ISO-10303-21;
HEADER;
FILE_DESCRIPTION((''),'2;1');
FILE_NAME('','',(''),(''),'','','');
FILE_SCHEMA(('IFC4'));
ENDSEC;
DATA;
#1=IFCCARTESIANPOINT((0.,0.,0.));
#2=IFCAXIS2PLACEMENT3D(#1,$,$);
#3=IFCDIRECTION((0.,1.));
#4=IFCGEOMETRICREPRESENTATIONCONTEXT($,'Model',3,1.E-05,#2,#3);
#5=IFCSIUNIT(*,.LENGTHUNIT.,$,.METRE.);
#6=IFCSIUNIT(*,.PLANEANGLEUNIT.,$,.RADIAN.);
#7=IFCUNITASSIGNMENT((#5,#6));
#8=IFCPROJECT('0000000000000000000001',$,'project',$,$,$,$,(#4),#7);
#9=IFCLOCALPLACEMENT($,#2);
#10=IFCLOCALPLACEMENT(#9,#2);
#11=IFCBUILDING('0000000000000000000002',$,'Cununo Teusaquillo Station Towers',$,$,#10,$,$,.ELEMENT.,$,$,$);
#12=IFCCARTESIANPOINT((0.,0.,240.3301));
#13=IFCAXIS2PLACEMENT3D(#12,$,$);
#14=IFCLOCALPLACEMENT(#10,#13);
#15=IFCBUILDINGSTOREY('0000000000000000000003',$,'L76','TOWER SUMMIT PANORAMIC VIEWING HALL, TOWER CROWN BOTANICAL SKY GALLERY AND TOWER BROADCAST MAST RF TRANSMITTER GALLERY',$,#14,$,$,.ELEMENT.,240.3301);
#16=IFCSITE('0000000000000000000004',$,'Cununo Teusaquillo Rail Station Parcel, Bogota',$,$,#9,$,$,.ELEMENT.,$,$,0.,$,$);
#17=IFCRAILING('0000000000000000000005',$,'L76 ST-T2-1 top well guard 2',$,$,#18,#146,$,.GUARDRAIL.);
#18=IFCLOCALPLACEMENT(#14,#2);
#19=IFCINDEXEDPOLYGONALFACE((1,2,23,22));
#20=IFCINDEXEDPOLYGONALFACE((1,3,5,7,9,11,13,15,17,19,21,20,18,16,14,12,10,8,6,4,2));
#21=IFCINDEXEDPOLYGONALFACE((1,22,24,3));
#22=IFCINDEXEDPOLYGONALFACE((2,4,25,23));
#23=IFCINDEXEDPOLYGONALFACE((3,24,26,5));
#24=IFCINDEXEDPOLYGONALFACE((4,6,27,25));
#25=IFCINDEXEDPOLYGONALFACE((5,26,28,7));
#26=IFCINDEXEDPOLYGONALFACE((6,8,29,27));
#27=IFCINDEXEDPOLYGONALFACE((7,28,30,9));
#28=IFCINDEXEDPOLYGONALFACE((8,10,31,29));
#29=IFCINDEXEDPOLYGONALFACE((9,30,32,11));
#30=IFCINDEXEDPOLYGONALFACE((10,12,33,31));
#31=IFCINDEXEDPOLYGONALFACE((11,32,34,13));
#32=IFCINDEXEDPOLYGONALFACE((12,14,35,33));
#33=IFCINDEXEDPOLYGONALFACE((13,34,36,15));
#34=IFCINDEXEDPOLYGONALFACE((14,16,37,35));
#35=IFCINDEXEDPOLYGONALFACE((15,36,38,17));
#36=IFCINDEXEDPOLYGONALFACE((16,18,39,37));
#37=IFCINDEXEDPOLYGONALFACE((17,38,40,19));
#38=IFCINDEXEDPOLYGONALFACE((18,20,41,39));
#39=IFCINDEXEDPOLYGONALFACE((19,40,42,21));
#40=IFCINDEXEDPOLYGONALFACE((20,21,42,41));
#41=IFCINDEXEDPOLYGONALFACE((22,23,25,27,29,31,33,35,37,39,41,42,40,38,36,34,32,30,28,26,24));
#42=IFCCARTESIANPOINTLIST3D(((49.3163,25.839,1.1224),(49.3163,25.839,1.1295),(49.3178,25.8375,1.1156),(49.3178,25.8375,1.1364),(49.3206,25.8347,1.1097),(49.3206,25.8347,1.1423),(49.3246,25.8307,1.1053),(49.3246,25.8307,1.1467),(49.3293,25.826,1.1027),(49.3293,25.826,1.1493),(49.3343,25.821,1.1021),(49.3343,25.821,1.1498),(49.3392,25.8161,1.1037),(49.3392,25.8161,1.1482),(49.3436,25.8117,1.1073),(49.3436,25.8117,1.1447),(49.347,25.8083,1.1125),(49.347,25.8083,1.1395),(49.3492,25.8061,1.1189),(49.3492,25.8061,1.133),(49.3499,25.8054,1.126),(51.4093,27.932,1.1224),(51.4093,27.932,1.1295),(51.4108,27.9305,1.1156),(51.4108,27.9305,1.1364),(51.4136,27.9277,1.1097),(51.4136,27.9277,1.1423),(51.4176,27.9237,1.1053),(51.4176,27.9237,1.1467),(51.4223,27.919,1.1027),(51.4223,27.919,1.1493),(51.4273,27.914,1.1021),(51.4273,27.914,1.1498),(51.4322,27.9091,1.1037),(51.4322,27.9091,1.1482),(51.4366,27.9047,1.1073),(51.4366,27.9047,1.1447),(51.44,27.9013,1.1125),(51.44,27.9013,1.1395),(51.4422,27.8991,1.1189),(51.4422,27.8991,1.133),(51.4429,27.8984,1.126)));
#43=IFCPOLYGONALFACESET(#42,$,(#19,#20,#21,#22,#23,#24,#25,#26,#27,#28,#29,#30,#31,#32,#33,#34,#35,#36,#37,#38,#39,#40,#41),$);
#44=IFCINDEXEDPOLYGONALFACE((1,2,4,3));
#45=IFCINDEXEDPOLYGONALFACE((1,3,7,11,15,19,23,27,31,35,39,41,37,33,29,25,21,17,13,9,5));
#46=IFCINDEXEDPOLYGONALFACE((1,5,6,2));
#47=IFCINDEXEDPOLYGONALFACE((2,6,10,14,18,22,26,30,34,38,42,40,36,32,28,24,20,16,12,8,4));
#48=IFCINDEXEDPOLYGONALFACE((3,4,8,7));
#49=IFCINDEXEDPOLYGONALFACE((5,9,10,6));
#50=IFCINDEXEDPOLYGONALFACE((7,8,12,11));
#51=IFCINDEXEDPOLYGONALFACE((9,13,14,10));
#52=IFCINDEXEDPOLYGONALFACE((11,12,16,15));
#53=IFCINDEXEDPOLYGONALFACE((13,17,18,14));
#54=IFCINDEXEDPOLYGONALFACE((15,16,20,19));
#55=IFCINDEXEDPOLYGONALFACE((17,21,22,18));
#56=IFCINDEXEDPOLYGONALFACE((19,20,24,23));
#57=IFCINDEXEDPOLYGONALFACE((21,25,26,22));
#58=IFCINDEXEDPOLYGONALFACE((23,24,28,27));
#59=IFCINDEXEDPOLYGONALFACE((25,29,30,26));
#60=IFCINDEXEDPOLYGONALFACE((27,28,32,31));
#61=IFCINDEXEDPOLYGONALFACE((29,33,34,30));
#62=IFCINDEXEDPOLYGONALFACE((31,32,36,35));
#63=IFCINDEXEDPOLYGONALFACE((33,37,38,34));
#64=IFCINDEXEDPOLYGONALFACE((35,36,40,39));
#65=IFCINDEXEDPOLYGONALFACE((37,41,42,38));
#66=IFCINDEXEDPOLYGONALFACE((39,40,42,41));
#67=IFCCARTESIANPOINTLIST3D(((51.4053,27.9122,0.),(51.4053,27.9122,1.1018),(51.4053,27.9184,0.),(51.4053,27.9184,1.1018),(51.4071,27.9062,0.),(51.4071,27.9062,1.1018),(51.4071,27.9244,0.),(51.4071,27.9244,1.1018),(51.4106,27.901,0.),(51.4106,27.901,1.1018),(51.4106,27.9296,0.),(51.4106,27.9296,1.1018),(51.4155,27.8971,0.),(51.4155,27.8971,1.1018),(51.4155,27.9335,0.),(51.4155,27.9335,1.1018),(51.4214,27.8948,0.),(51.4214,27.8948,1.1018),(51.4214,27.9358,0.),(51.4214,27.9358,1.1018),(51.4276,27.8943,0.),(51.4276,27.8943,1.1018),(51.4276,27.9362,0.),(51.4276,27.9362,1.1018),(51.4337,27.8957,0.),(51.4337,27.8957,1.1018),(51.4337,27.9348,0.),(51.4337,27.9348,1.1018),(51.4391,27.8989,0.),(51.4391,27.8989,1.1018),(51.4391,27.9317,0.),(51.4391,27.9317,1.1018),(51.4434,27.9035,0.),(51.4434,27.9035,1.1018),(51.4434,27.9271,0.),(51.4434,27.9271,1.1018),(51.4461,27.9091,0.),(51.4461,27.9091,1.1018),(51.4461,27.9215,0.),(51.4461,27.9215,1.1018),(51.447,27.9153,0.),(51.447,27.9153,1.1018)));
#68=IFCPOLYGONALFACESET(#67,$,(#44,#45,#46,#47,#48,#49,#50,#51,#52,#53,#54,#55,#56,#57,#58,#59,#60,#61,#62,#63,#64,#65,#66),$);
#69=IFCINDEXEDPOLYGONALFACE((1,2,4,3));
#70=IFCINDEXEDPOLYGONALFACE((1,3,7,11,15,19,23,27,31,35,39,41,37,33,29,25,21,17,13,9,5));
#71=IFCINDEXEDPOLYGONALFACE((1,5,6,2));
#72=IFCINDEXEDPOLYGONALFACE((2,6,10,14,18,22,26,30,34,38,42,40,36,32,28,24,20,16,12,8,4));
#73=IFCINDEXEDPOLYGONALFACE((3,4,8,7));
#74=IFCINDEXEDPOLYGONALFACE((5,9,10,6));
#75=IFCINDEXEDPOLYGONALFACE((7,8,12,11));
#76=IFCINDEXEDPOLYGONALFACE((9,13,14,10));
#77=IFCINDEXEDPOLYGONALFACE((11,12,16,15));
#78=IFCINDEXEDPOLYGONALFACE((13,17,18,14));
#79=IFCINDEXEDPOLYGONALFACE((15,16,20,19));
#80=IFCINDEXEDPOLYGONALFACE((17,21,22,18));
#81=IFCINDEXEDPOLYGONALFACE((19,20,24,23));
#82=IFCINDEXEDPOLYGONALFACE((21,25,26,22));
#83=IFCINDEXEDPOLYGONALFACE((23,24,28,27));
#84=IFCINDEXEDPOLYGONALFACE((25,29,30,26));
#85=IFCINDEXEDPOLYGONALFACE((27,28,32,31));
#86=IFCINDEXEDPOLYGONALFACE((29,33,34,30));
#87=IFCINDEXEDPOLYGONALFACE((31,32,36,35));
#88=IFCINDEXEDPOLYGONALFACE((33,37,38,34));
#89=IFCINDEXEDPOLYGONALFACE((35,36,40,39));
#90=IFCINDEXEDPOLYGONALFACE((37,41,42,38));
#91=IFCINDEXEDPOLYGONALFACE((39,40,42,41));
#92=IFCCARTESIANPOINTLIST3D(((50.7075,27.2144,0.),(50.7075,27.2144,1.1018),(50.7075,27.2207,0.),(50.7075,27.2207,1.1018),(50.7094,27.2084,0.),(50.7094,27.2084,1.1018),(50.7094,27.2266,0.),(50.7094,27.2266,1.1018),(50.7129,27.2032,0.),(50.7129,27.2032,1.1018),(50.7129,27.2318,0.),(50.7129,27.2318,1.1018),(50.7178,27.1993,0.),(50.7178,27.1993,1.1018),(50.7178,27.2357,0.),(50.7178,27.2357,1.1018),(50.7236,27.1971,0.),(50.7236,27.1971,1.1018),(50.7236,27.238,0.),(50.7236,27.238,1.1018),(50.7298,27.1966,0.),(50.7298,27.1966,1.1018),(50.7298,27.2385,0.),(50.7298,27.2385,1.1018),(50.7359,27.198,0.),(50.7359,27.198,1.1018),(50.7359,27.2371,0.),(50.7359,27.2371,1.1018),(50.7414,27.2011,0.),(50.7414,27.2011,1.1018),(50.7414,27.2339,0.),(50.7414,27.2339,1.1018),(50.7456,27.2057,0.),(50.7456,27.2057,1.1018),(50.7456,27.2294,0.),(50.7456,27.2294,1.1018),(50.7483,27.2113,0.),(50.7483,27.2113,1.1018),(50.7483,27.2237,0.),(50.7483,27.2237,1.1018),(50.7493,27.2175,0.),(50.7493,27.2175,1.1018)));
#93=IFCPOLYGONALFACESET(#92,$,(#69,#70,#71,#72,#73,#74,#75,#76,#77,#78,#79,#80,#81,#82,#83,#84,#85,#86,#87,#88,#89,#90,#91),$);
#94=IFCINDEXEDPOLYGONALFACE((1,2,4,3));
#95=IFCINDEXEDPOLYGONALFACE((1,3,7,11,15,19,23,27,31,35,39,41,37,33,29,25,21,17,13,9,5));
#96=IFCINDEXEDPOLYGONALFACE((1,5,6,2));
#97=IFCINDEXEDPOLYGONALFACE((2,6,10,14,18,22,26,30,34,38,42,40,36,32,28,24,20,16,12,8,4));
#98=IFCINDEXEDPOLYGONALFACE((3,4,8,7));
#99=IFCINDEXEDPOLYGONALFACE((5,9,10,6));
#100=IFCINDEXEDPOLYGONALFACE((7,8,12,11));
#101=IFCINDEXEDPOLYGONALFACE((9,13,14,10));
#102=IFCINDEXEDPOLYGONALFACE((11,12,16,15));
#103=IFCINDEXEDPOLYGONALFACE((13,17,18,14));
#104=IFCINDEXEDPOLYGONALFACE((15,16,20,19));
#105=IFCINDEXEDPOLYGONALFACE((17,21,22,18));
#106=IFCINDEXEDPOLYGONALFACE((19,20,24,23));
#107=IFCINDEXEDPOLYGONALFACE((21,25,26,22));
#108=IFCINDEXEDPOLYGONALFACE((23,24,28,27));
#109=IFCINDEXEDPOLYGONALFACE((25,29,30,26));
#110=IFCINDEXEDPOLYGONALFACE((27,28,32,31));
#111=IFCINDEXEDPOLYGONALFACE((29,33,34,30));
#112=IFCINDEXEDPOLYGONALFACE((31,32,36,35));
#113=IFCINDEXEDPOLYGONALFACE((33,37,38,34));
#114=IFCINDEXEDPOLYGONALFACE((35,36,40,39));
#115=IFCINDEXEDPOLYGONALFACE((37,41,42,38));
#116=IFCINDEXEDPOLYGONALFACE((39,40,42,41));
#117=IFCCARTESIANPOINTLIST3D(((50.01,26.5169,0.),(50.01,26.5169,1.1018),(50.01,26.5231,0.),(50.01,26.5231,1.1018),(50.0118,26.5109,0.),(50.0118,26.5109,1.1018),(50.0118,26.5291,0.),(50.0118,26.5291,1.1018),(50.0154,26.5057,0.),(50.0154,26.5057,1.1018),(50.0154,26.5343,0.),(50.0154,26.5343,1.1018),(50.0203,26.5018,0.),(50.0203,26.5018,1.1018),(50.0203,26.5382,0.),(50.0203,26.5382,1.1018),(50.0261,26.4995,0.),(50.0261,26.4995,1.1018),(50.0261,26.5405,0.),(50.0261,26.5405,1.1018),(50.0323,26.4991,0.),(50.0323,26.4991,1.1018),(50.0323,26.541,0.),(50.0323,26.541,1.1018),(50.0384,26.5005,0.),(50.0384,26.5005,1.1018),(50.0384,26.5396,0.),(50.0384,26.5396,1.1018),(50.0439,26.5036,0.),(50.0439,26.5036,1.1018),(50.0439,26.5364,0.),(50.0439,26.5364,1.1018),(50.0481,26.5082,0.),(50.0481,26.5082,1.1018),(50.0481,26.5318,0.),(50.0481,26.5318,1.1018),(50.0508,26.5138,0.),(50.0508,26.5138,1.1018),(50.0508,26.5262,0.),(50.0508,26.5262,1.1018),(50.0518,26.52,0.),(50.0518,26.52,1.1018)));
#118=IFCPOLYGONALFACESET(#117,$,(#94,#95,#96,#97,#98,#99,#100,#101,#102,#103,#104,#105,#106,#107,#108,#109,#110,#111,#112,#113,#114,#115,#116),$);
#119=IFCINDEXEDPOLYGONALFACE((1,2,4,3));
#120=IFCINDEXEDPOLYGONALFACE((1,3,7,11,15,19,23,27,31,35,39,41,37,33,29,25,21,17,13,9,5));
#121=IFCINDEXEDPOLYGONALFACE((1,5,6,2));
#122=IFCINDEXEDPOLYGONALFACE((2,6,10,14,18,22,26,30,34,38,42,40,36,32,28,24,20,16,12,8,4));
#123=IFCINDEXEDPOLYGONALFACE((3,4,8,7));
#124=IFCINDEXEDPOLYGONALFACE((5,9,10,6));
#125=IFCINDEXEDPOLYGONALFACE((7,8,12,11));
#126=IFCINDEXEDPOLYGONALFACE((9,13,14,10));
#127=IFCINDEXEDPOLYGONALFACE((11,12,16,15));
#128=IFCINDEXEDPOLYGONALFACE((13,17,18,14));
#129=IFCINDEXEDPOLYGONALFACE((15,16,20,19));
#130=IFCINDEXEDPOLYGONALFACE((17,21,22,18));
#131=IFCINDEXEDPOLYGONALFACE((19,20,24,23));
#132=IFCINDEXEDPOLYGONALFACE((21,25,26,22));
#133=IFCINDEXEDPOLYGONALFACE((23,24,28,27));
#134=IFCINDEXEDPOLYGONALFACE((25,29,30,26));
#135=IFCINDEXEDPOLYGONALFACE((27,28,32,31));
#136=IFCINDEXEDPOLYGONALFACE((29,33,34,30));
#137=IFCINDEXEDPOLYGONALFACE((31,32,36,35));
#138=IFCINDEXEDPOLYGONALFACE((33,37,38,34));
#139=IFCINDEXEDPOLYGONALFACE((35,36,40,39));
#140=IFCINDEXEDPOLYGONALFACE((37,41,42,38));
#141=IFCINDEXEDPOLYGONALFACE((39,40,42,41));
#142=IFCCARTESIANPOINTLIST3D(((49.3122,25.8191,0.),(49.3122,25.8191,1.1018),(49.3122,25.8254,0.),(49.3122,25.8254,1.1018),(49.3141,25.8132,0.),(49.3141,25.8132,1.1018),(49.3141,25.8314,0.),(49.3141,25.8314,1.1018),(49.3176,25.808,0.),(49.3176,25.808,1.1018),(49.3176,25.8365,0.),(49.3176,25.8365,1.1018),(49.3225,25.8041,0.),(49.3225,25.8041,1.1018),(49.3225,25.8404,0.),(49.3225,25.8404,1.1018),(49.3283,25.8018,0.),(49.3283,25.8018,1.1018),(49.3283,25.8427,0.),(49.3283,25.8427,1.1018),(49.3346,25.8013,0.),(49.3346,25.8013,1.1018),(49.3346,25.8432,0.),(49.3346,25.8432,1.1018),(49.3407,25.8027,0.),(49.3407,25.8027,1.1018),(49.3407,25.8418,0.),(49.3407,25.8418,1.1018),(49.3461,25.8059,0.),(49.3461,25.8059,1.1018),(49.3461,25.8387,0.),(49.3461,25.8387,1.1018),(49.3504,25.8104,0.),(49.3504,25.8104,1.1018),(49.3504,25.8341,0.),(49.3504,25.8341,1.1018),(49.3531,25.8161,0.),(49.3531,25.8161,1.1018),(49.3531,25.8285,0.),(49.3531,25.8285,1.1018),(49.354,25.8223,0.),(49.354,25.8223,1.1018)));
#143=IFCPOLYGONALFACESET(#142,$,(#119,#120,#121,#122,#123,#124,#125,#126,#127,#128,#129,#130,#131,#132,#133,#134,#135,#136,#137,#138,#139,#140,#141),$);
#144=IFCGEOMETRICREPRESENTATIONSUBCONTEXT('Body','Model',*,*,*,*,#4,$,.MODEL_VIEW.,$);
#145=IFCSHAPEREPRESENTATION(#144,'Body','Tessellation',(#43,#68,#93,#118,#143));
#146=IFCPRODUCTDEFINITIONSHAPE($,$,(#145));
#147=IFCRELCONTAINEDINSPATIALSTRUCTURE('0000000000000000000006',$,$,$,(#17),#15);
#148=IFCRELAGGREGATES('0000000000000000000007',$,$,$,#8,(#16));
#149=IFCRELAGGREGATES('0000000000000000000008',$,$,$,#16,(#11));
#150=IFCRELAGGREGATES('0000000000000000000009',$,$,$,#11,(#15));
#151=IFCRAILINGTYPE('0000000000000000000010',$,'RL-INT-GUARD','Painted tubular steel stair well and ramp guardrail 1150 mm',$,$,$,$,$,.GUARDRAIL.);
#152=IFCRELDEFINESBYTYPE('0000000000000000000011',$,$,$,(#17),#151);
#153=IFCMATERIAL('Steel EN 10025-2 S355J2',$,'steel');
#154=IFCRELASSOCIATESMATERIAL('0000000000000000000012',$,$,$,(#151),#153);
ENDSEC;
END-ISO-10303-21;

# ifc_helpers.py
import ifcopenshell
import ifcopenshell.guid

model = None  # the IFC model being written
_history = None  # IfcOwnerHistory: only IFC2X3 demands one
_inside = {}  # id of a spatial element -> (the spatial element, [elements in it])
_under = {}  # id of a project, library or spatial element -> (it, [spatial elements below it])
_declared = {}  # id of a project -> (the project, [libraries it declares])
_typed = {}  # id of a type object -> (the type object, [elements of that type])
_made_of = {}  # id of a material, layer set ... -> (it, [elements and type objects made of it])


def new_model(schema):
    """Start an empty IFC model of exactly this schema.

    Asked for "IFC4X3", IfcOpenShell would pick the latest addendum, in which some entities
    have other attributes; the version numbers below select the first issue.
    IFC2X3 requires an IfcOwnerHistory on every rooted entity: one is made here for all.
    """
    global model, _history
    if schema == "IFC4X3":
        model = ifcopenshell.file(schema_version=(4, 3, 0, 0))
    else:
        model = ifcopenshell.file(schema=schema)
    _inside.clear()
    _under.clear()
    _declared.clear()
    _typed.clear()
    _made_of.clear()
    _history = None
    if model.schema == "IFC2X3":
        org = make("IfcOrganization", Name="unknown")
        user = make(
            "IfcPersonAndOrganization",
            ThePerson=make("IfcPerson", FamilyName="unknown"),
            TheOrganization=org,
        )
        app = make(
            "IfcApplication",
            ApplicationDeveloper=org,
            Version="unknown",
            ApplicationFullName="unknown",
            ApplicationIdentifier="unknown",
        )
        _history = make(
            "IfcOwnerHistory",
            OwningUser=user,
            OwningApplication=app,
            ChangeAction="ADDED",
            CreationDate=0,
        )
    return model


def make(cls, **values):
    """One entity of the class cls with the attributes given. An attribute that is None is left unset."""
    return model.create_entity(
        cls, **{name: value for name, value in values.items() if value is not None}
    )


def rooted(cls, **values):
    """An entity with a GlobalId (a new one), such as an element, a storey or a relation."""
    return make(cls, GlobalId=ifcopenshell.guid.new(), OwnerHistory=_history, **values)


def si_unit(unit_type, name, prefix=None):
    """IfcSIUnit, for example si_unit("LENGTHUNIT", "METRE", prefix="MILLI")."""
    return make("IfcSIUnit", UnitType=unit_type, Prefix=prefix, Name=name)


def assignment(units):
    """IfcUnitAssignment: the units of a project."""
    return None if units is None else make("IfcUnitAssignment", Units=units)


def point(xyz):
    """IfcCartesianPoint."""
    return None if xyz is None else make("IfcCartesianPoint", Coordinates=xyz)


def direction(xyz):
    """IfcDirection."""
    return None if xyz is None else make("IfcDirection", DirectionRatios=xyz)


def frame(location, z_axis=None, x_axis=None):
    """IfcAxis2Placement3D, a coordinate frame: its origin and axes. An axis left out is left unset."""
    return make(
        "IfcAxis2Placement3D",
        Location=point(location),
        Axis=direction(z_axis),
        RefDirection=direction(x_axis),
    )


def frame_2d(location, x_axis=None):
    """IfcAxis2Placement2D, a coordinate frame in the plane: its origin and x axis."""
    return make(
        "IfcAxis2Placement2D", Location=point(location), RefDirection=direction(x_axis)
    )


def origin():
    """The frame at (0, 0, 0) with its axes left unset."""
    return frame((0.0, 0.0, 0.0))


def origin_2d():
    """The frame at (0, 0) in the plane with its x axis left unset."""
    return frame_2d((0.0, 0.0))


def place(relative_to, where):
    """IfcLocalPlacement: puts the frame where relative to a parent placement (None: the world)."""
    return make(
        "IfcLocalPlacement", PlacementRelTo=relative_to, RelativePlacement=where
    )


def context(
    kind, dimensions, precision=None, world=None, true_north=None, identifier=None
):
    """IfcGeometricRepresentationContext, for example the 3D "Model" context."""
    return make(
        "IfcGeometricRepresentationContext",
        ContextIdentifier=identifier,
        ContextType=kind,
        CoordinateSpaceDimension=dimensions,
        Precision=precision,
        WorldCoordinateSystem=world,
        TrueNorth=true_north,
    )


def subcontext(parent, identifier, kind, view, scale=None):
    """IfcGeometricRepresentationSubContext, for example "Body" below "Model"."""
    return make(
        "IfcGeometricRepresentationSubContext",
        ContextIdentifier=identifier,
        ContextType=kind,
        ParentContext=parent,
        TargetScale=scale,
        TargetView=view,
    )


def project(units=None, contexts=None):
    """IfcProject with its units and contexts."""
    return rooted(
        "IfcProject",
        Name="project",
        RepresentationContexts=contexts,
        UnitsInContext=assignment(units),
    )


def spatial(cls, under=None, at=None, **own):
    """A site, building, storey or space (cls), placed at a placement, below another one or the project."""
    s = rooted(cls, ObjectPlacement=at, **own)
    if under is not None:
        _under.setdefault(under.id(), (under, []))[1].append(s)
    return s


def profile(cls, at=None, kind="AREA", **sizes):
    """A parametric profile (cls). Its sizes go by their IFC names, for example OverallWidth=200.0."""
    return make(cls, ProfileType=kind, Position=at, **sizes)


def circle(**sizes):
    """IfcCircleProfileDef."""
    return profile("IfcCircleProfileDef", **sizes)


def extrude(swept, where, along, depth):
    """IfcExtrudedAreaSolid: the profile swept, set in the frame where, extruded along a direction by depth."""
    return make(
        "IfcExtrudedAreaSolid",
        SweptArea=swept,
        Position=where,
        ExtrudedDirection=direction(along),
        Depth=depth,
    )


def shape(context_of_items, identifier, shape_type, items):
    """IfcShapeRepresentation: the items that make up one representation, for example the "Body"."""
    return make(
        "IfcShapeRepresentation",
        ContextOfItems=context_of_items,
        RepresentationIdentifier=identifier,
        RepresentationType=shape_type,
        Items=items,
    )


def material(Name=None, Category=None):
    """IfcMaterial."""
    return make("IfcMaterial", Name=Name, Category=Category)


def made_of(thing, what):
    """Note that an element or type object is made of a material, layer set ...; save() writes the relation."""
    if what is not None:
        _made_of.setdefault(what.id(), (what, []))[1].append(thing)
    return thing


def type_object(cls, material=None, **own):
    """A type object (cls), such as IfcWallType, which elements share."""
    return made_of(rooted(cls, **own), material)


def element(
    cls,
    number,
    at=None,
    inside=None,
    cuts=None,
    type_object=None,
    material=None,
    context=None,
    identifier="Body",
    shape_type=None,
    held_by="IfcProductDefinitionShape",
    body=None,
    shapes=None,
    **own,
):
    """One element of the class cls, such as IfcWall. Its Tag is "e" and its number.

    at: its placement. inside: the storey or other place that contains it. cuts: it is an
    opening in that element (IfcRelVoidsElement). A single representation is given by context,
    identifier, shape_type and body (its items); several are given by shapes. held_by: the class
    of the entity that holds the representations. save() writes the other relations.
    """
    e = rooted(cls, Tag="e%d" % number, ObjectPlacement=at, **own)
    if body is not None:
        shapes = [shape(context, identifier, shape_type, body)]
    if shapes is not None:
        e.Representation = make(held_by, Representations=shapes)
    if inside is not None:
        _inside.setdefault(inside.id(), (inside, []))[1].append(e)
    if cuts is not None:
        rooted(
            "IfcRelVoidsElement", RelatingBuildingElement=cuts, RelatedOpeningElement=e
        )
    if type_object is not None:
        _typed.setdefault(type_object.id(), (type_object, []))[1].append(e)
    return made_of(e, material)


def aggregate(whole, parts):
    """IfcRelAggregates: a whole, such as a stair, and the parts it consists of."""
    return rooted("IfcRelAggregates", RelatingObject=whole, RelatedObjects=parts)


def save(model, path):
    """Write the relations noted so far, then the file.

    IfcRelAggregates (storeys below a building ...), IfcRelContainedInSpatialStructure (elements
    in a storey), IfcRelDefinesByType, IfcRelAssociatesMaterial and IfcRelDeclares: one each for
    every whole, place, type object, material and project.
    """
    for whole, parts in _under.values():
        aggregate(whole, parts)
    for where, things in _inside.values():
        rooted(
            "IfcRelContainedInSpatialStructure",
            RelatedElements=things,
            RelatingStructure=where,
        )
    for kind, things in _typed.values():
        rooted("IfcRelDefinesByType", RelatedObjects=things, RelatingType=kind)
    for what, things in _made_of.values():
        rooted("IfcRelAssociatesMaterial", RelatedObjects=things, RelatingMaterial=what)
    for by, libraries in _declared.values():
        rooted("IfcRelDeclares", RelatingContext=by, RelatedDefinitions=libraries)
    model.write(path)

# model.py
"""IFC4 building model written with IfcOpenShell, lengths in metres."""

from ifc_helpers import new_model, si_unit, direction, frame, origin, origin_2d, place, context, subcontext, project, spatial, circle, extrude, material, type_object, element, save


model = new_model("IFC4")

# Units and contexts
model_context = context("Model", 3, precision=1e-05, world=origin(), true_north=direction((0.0, 1.0)))
body_context = subcontext(model_context, "Body", "Model", "MODEL_VIEW")
ifc_project = project(units=[si_unit("LENGTHUNIT", "METRE"), si_unit("PLANEANGLEUNIT", "RADIAN")], contexts=[model_context])

# Site, building, storey
site_placement = place(None, origin())
site = spatial("IfcSite", under=ifc_project, at=site_placement, Name="Cununo Teusaquillo Rail Station Parcel, Bogota", CompositionType="ELEMENT", RefElevation=0.0)
building_placement = place(site_placement, origin())
building = spatial("IfcBuilding", under=site, at=building_placement, Name="Cununo Teusaquillo Station Towers", CompositionType="ELEMENT")
storey_placement = place(building_placement, frame((0.0, 0.0, 240.3301)))
storey = spatial("IfcBuildingStorey", under=building, at=storey_placement, Name="L76", Description="TOWER SUMMIT PANORAMIC VIEWING HALL, TOWER CROWN BOTANICAL SKY GALLERY AND TOWER BROADCAST MAST RF TRANSMITTER GALLERY", CompositionType="ELEMENT", Elevation=240.3301)

# Railing
ifc_material_1 = material(Name="Steel EN 10025-2 S355J2", Category="steel")
railing_type = type_object("IfcRailingType", Name="RL-INT-GUARD", Description="Painted tubular steel stair well and ramp guardrail 1150 mm", PredefinedType="GUARDRAIL", material=ifc_material_1)
railing_1_placement = place(storey_placement, frame((51.426, 27.9153, 0.0)))
element("IfcRailing", 1, at=railing_1_placement, inside=storey, type_object=railing_type, Name="L76 ST-T2-1 top well guard 2", PredefinedType="GUARDRAIL", context=body_context, shape_type="SweptSolid", body=[
    extrude(circle(Radius=0.0239, at=origin_2d()), frame((0.0, 0.0, 1.126), z_axis=(-0.707107, -0.707107, 0.0), x_axis=(0.707107, -0.707107, 0.0)), (0.0, 0.0, 1.0), 2.96),
    extrude(circle(Radius=0.021, at=origin_2d()), origin(), (0.0, 0.0, 1.0), 1.1018),
    extrude(circle(Radius=0.021, at=origin_2d()), frame((-0.6978, -0.6978, 0.0)), (0.0, 0.0, 1.0), 1.1018),
    extrude(circle(Radius=0.021, at=origin_2d()), frame((-1.3953, -1.3953, 0.0)), (0.0, 0.0, 1.0), 1.1018),
    extrude(circle(Radius=0.021, at=origin_2d()), frame((-2.093, -2.093, 0.0)), (0.0, 0.0, 1.0), 1.1018),
])

save(model, "model.ifc")
